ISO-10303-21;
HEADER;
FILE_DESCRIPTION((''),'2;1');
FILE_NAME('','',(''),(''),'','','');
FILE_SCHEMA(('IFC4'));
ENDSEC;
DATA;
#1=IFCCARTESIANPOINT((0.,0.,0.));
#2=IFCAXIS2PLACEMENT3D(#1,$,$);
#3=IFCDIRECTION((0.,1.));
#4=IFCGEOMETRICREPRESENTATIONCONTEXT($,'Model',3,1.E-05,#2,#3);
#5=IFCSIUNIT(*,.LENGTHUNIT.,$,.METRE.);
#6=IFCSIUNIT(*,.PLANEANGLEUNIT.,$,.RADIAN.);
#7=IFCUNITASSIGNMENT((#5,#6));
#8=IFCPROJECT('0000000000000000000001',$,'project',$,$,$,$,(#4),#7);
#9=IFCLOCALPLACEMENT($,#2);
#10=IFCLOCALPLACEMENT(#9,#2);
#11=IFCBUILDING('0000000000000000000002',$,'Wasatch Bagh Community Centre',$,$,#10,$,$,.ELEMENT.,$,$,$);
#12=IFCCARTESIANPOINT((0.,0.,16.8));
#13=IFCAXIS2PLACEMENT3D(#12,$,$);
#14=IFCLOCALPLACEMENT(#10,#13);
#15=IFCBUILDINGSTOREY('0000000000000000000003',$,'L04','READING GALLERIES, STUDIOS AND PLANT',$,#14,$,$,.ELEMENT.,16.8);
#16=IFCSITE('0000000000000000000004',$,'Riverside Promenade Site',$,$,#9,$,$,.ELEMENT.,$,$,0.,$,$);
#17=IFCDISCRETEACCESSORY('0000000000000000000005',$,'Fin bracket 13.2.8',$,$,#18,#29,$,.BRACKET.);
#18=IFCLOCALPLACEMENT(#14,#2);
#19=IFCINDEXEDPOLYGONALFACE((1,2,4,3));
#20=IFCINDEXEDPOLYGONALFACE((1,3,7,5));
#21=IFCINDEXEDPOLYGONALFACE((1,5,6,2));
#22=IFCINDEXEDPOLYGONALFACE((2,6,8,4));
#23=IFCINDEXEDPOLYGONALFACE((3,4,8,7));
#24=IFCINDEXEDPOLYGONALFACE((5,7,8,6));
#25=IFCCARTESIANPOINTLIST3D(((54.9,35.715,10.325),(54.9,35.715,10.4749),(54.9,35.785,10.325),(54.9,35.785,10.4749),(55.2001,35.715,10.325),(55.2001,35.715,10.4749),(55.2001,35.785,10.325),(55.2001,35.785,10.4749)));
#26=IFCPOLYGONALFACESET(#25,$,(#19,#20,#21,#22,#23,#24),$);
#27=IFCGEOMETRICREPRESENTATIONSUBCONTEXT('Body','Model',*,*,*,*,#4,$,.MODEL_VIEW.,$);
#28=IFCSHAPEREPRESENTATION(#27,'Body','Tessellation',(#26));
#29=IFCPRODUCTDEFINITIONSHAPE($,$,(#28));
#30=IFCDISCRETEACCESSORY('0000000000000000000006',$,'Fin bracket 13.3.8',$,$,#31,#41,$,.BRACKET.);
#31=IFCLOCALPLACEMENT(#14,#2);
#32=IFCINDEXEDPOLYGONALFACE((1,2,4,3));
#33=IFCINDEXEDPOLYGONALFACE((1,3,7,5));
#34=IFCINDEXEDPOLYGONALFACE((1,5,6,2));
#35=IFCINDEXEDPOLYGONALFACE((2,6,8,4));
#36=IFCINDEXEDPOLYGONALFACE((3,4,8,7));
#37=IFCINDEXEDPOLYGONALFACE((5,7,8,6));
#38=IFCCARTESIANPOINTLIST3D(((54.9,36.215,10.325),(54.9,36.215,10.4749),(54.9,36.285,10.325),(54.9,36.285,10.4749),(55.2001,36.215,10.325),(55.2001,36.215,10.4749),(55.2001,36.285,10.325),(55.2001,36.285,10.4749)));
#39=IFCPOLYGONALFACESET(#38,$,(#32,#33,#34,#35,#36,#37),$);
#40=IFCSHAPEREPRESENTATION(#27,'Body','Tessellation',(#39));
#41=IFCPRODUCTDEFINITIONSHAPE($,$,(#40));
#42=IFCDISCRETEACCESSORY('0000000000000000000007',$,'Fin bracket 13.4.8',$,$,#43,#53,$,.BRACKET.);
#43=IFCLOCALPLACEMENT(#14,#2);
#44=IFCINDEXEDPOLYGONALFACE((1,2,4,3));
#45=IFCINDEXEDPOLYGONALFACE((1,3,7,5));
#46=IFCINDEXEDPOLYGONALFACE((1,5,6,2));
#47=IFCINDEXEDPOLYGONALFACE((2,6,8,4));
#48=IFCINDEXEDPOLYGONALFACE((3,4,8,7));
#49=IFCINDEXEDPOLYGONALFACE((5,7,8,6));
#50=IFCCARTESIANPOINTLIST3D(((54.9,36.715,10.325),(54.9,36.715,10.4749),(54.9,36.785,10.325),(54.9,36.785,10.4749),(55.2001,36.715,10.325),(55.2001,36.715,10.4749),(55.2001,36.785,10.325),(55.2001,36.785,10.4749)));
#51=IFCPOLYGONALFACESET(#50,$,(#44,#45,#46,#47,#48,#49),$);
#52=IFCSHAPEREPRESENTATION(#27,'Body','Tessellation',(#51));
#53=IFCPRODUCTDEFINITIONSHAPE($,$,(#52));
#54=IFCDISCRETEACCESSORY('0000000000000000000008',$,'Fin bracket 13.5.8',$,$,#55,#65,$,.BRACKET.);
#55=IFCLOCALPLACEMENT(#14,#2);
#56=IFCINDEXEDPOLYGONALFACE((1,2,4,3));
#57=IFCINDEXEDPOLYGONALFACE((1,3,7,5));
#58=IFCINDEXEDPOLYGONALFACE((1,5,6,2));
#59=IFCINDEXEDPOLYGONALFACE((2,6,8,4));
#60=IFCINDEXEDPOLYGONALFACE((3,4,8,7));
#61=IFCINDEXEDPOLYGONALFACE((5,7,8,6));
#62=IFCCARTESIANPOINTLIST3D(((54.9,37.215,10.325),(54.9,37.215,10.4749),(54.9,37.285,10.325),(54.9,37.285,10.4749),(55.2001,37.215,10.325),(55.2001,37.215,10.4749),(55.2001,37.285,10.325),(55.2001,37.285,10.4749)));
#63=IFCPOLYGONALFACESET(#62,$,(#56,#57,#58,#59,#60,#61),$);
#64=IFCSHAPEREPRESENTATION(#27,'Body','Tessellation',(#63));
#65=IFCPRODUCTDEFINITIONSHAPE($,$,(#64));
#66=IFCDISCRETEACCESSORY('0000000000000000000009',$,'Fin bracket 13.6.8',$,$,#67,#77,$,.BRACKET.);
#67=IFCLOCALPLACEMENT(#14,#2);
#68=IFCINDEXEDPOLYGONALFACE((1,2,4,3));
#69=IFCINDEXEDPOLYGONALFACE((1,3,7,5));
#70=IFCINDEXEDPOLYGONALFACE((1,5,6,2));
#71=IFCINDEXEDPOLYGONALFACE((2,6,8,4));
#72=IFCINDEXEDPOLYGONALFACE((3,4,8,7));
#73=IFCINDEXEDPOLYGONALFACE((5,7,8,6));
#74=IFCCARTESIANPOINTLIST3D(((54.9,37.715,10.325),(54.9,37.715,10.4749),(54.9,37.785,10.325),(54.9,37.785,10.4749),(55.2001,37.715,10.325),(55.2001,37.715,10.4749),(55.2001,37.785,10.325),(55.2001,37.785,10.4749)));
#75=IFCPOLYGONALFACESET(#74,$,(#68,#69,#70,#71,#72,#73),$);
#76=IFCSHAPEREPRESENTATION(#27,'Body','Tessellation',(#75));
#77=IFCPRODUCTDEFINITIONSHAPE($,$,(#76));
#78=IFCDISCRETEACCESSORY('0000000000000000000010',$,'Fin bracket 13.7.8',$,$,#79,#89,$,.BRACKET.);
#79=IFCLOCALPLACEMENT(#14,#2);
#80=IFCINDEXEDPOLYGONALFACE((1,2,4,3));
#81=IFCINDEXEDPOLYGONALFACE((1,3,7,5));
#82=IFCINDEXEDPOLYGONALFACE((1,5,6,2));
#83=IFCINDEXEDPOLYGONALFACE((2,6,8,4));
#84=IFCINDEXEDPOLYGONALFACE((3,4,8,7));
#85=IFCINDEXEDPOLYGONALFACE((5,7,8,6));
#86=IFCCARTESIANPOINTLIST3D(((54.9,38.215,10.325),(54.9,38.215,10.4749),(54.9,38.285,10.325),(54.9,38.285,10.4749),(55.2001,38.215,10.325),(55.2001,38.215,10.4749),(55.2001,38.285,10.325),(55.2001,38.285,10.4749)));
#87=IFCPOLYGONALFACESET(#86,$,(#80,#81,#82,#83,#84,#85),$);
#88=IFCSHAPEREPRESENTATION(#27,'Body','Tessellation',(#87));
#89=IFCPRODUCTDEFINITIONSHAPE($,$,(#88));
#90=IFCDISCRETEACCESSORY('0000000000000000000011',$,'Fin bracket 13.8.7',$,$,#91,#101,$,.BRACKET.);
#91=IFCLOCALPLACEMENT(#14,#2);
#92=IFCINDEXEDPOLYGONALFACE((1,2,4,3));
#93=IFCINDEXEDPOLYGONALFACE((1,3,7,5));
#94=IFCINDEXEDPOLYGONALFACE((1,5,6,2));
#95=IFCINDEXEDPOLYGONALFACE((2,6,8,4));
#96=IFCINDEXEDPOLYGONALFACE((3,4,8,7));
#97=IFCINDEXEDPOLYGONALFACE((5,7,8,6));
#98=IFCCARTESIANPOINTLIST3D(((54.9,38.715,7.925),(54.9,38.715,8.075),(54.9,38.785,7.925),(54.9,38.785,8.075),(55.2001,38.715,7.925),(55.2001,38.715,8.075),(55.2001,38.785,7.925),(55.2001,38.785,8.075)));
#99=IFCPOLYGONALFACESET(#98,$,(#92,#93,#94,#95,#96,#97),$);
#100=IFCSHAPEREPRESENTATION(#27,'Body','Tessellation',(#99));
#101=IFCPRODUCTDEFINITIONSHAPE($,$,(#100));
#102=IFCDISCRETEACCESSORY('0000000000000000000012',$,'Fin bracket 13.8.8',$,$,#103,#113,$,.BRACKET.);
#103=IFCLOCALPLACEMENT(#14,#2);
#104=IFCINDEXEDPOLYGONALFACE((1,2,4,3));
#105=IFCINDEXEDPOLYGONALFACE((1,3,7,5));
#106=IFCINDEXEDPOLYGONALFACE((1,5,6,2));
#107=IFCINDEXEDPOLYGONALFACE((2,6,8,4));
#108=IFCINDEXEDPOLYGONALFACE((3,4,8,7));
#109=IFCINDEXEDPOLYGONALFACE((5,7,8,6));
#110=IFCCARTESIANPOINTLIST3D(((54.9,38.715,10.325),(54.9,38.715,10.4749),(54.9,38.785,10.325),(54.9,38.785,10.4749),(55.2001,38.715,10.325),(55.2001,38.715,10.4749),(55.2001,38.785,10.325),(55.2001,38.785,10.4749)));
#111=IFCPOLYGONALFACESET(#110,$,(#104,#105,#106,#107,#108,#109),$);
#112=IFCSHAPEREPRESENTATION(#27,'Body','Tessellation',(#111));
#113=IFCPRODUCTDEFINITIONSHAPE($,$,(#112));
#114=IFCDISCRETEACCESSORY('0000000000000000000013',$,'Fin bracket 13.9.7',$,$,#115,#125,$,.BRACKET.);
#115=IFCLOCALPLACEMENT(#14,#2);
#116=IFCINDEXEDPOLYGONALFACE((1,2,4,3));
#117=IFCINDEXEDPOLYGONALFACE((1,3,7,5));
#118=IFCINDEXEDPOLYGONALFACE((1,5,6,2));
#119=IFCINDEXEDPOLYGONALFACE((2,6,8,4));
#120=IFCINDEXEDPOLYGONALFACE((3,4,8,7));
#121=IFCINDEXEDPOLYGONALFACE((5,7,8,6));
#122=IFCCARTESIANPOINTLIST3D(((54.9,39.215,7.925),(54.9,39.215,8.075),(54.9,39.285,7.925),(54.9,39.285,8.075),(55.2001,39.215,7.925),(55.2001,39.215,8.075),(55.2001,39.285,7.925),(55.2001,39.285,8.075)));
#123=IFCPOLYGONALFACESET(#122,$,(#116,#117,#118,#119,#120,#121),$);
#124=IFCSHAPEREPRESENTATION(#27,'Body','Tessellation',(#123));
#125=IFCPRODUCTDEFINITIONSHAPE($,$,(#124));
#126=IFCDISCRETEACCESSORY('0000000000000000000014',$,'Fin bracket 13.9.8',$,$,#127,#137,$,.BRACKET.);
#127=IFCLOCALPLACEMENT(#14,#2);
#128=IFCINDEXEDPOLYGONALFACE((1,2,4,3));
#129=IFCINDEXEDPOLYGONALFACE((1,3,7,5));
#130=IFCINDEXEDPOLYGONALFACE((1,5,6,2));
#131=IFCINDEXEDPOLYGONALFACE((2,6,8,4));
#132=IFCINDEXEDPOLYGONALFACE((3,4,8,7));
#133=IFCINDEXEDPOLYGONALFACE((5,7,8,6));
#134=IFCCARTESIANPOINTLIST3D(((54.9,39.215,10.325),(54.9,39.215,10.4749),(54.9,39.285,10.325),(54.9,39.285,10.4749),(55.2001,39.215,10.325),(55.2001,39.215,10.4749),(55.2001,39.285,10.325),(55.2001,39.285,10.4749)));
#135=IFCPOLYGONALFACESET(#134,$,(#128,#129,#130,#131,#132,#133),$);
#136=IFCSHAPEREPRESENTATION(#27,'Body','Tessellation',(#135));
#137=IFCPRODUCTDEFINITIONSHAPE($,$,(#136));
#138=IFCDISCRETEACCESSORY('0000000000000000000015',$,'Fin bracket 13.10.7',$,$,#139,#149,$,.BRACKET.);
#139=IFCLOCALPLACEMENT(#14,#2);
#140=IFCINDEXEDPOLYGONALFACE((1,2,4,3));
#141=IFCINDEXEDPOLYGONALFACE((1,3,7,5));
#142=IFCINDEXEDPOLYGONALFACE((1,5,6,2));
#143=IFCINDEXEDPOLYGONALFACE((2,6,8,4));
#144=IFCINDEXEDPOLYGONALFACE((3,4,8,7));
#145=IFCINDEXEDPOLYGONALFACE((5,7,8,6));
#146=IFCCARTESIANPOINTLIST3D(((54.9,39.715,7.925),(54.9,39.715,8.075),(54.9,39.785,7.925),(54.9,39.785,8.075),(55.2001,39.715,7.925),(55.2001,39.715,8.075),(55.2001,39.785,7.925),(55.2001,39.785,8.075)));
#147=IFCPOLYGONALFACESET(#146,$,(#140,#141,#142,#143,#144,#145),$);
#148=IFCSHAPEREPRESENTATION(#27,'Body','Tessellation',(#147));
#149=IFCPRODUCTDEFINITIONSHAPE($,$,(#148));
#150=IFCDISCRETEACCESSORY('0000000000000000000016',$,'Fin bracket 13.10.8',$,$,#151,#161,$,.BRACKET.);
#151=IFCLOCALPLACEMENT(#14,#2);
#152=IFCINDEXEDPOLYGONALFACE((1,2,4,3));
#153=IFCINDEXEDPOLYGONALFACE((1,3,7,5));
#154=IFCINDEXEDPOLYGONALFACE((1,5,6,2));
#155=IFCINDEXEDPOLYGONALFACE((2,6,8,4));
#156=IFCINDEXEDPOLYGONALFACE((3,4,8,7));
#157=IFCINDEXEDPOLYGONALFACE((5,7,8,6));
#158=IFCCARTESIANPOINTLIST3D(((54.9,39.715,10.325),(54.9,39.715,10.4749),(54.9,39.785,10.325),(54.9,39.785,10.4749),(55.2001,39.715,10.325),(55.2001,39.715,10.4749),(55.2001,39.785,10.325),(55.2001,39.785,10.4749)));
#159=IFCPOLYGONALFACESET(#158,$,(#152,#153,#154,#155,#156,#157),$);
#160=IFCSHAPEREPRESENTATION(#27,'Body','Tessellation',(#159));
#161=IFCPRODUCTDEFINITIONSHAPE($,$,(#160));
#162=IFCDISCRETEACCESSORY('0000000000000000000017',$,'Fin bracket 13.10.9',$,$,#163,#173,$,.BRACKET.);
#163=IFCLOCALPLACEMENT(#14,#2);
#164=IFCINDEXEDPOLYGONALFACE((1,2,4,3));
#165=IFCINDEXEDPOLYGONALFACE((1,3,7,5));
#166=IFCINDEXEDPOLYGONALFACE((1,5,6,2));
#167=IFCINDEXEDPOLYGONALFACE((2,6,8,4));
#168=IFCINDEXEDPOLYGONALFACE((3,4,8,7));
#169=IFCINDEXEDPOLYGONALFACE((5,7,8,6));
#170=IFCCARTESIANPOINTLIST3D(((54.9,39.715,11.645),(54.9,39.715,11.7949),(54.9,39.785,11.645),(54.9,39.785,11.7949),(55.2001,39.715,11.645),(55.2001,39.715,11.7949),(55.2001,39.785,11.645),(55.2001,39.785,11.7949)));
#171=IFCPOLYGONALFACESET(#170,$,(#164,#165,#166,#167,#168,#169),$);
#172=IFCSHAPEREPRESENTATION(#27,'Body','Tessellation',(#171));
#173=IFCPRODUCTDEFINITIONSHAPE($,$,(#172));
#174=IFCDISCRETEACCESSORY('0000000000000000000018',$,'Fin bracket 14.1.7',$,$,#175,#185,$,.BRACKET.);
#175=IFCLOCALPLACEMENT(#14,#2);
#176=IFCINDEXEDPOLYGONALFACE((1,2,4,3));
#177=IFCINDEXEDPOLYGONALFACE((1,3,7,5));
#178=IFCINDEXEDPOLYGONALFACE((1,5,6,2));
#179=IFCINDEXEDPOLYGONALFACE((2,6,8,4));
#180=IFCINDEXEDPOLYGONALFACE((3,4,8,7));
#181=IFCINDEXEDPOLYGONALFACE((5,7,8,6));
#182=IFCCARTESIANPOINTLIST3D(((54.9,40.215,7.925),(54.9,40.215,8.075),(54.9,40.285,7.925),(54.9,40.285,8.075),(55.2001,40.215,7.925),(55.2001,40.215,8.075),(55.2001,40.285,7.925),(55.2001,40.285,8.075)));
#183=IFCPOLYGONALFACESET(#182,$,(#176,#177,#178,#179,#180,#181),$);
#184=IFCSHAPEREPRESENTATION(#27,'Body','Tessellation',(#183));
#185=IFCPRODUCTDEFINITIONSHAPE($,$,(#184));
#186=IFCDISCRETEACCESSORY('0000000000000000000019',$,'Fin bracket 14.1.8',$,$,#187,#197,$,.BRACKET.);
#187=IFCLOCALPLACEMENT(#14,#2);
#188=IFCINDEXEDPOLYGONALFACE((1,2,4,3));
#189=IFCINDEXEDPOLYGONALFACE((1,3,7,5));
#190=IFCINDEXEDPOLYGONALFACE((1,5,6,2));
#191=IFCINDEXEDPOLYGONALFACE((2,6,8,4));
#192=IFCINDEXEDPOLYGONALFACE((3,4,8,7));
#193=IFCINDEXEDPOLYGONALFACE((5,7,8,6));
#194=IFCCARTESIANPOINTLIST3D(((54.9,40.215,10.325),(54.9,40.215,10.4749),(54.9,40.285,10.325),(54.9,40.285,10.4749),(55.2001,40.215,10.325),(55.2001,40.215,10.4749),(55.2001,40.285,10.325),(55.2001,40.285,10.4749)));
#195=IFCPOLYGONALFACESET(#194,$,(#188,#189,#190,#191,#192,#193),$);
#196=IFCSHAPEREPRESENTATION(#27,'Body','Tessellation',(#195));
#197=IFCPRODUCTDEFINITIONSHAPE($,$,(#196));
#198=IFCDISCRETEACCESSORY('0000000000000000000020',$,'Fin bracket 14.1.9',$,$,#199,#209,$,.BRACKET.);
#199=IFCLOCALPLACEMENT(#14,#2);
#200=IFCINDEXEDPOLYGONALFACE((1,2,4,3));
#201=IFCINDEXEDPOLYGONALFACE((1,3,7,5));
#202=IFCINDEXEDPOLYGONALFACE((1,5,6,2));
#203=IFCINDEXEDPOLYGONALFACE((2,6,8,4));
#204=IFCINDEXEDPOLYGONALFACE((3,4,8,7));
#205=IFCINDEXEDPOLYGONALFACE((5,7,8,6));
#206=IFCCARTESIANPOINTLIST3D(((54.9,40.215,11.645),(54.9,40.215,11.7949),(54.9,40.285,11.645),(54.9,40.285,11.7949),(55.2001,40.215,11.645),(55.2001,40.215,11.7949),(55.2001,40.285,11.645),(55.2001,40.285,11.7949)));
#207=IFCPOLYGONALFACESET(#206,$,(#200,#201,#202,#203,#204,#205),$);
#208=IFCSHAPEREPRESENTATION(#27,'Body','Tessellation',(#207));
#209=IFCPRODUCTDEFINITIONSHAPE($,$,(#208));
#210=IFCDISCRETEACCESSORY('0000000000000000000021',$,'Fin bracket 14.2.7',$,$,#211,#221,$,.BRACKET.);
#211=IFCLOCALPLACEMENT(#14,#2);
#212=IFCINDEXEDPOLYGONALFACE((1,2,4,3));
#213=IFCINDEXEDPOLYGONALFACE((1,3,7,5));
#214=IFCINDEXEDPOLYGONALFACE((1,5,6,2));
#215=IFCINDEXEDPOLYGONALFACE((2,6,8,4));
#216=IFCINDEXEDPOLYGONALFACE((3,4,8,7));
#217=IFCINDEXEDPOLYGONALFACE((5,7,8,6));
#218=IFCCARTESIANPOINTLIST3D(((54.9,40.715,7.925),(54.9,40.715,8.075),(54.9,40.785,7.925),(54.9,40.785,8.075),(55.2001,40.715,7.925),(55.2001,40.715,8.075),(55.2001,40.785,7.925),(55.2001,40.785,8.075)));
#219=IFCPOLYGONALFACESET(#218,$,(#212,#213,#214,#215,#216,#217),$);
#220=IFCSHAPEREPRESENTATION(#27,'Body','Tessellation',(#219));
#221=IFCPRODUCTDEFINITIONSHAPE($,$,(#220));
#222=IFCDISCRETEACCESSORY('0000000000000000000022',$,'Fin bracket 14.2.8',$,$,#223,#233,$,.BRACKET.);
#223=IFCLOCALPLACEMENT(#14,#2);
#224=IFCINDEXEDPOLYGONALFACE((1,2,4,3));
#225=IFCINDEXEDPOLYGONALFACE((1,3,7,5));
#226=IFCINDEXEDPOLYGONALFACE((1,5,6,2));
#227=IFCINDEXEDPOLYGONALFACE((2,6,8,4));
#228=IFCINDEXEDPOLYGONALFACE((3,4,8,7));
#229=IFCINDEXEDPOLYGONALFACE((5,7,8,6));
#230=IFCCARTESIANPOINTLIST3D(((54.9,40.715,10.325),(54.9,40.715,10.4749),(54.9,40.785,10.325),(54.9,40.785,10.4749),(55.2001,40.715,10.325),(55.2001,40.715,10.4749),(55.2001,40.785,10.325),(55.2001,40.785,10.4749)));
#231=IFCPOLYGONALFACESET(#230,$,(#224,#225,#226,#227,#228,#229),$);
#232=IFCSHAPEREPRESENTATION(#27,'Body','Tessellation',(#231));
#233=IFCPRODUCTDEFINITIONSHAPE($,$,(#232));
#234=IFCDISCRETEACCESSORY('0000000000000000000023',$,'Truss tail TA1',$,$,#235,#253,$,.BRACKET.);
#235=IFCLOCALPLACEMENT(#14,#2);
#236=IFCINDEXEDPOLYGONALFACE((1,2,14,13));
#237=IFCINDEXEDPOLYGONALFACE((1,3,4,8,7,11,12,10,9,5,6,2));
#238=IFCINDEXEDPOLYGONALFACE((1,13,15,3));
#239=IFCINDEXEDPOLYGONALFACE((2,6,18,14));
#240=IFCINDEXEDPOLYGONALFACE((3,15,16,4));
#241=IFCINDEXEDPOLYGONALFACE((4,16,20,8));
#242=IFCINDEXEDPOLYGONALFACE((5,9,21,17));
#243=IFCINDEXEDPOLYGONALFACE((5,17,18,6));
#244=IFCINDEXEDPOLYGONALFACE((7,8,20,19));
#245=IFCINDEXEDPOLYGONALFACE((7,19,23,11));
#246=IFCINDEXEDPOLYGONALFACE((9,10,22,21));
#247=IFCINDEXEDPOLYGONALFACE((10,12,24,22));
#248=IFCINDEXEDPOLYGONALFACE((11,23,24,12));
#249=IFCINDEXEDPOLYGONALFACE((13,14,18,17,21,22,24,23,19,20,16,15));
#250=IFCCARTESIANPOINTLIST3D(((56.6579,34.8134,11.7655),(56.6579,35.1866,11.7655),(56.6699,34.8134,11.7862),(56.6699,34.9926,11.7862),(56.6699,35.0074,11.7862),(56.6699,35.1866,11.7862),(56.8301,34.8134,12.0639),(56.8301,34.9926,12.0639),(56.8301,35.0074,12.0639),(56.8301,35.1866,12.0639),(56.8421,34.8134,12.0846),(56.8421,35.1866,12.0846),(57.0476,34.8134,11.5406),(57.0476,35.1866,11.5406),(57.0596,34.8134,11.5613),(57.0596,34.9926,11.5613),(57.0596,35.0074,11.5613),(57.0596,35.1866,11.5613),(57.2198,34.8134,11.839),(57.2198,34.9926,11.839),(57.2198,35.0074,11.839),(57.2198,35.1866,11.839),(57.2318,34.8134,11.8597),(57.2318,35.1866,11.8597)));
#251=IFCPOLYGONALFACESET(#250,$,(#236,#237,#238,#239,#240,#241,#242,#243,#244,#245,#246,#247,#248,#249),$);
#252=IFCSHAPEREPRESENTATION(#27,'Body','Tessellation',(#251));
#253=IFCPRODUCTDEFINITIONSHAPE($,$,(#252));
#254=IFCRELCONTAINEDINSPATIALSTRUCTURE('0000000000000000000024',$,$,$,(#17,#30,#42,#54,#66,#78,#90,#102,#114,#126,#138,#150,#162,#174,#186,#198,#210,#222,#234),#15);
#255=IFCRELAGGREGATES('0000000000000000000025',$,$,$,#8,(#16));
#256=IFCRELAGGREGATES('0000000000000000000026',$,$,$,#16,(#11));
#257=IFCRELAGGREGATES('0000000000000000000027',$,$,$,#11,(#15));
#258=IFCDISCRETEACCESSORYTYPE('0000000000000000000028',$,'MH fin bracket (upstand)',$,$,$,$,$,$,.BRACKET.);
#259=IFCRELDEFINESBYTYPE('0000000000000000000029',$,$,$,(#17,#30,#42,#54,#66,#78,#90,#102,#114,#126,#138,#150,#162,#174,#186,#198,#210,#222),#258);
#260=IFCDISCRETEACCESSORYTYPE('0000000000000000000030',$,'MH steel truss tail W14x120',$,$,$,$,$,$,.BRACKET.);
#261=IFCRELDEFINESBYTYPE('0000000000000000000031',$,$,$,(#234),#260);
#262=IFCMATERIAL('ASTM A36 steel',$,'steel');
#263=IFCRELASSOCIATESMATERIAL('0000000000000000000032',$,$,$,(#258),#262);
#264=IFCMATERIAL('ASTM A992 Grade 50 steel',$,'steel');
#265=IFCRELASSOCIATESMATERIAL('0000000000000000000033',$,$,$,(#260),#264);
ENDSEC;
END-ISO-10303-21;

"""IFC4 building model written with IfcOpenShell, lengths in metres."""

from ifc_helpers import new_model, si_unit, direction, frame, origin, origin_2d, place, context, subcontext, project, spatial, rectangle, i_section, extrude, material, material_profile, profile_set, type_object, element, save


model = new_model("IFC4")

# Units and contexts
model_context = context("Model", 3, precision=1e-05, world=origin(), true_north=direction((0.0, 1.0)))
body_context = subcontext(model_context, "Body", "Model", "MODEL_VIEW")
ifc_project = project(units=[si_unit("LENGTHUNIT", "METRE"), si_unit("PLANEANGLEUNIT", "RADIAN")], contexts=[model_context])

# Site, building, storey
site_placement = place(None, origin())
site = spatial("IfcSite", under=ifc_project, at=site_placement, Name="Riverside Promenade Site", CompositionType="ELEMENT", RefElevation=0.0)
building_placement = place(site_placement, origin())
building = spatial("IfcBuilding", under=site, at=building_placement, Name="Wasatch Bagh Community Centre", CompositionType="ELEMENT")
storey_placement = place(building_placement, frame((0.0, 0.0, 16.8)))
storey = spatial("IfcBuildingStorey", under=building, at=storey_placement, Name="L04", Description="READING GALLERIES, STUDIOS AND PLANT", CompositionType="ELEMENT", Elevation=16.8)

# Discrete accessories
ifc_material_1 = material(Name="ASTM A36 steel", Category="steel")
discrete_accessory_type_1 = type_object("IfcDiscreteAccessoryType", Name="MH fin bracket (upstand)", PredefinedType="BRACKET", material=ifc_material_1)
for number, where, z_axis, x_axis, name in (
    (1, (55.05, 35.75, 10.325), (0.0, 0.0, 1.0), (0.0, 1.0, 0.0), "Fin bracket 13.2.8"),
    (2, (55.05, 36.25, 10.325), (0.0, 0.0, 1.0), (0.0, 1.0, 0.0), "Fin bracket 13.3.8"),
    (3, (55.05, 36.75, 10.325), (0.0, 0.0, 1.0), (0.0, 1.0, 0.0), "Fin bracket 13.4.8"),
    (4, (55.05, 37.25, 10.325), (0.0, 0.0, 1.0), (0.0, 1.0, 0.0), "Fin bracket 13.5.8"),
    (5, (55.05, 37.75, 10.325), (0.0, 0.0, 1.0), (0.0, 1.0, 0.0), "Fin bracket 13.6.8"),
    (6, (55.05, 38.25, 10.325), (0.0, 0.0, 1.0), (0.0, 1.0, 0.0), "Fin bracket 13.7.8"),
    (7, (55.05, 38.75, 7.925), (0.0, 0.0, 1.0), (0.0, 1.0, 0.0), "Fin bracket 13.8.7"),
    (8, (55.05, 38.75, 10.325), (0.0, 0.0, 1.0), (0.0, 1.0, 0.0), "Fin bracket 13.8.8"),
    (9, (55.05, 39.25, 7.925), (0.0, 0.0, 1.0), (0.0, 1.0, 0.0), "Fin bracket 13.9.7"),
    (10, (55.05, 39.25, 10.325), (0.0, 0.0, 1.0), (0.0, 1.0, 0.0), "Fin bracket 13.9.8"),
    (11, (55.05, 39.75, 7.925), (0.0, 0.0, 1.0), (0.0, 1.0, 0.0), "Fin bracket 13.10.7"),
    (12, (55.05, 39.75, 10.325), (0.0, 0.0, 1.0), (0.0, 1.0, 0.0), "Fin bracket 13.10.8"),
    (13, (55.05, 39.75, 11.645), (0.0, 0.0, 1.0), (0.0, 1.0, 0.0), "Fin bracket 13.10.9"),
    (14, (55.05, 40.25, 7.925), (0.0, 0.0, 1.0), (0.0, 1.0, 0.0), "Fin bracket 14.1.7"),
    (15, (55.05, 40.25, 10.325), (0.0, 0.0, 1.0), (0.0, 1.0, 0.0), "Fin bracket 14.1.8"),
    (16, (55.05, 40.25, 11.645), (0.0, 0.0, 1.0), (0.0, 1.0, 0.0), "Fin bracket 14.1.9"),
    (17, (55.05, 40.75, 7.925), (0.0, 0.0, 1.0), (0.0, 1.0, 0.0), "Fin bracket 14.2.7"),
    (18, (55.05, 40.75, 10.325), (0.0, 0.0, 1.0), (0.0, 1.0, 0.0), "Fin bracket 14.2.8"),
):
    element("IfcDiscreteAccessory", number, at=place(storey_placement, frame(where, z_axis=z_axis, x_axis=x_axis)), inside=storey, type_object=discrete_accessory_type_1, Name=name, PredefinedType="BRACKET", context=body_context, shape_type="SweptSolid", body=[
        extrude(rectangle(XDim=0.0701, YDim=0.3, at=origin_2d()), origin(), (0.0, 0.0, 1.0), 0.1499),
    ])
ifc_material_2 = material(Name="ASTM A992 Grade 50 steel", Category="steel")
ifc_material_profile_1 = material_profile(ifc_material_2, i_section(OverallWidth=0.3733, OverallDepth=0.3684, WebThickness=0.0149, FlangeThickness=0.0239, at=origin_2d()), Name="W14x120")
ifc_profile_set_1 = profile_set([ifc_material_profile_1], Name="ASTM A992 Grade 50 steel")
discrete_accessory_type_2 = type_object("IfcDiscreteAccessoryType", Name="MH steel truss tail W14x120", PredefinedType="BRACKET", material=ifc_profile_set_1)
for number, where, z_axis, x_axis, name in (
    (19, (56.75, 35.0, 11.925), (0.866131, 0.0, -0.499816), (0.0, 1.0, 0.0), "Truss tail TA1"),
):
    element("IfcDiscreteAccessory", number, at=place(storey_placement, frame(where, z_axis=z_axis, x_axis=x_axis)), inside=storey, type_object=discrete_accessory_type_2, Name=name, PredefinedType="BRACKET", context=body_context, shape_type="SweptSolid", body=[
        extrude(i_section(OverallWidth=0.3733, OverallDepth=0.3684, WebThickness=0.0149, FlangeThickness=0.0239, at=origin_2d()), origin(), (0.0, 0.0, 1.0), 0.45),
    ])

save(model, "model.ifc")
